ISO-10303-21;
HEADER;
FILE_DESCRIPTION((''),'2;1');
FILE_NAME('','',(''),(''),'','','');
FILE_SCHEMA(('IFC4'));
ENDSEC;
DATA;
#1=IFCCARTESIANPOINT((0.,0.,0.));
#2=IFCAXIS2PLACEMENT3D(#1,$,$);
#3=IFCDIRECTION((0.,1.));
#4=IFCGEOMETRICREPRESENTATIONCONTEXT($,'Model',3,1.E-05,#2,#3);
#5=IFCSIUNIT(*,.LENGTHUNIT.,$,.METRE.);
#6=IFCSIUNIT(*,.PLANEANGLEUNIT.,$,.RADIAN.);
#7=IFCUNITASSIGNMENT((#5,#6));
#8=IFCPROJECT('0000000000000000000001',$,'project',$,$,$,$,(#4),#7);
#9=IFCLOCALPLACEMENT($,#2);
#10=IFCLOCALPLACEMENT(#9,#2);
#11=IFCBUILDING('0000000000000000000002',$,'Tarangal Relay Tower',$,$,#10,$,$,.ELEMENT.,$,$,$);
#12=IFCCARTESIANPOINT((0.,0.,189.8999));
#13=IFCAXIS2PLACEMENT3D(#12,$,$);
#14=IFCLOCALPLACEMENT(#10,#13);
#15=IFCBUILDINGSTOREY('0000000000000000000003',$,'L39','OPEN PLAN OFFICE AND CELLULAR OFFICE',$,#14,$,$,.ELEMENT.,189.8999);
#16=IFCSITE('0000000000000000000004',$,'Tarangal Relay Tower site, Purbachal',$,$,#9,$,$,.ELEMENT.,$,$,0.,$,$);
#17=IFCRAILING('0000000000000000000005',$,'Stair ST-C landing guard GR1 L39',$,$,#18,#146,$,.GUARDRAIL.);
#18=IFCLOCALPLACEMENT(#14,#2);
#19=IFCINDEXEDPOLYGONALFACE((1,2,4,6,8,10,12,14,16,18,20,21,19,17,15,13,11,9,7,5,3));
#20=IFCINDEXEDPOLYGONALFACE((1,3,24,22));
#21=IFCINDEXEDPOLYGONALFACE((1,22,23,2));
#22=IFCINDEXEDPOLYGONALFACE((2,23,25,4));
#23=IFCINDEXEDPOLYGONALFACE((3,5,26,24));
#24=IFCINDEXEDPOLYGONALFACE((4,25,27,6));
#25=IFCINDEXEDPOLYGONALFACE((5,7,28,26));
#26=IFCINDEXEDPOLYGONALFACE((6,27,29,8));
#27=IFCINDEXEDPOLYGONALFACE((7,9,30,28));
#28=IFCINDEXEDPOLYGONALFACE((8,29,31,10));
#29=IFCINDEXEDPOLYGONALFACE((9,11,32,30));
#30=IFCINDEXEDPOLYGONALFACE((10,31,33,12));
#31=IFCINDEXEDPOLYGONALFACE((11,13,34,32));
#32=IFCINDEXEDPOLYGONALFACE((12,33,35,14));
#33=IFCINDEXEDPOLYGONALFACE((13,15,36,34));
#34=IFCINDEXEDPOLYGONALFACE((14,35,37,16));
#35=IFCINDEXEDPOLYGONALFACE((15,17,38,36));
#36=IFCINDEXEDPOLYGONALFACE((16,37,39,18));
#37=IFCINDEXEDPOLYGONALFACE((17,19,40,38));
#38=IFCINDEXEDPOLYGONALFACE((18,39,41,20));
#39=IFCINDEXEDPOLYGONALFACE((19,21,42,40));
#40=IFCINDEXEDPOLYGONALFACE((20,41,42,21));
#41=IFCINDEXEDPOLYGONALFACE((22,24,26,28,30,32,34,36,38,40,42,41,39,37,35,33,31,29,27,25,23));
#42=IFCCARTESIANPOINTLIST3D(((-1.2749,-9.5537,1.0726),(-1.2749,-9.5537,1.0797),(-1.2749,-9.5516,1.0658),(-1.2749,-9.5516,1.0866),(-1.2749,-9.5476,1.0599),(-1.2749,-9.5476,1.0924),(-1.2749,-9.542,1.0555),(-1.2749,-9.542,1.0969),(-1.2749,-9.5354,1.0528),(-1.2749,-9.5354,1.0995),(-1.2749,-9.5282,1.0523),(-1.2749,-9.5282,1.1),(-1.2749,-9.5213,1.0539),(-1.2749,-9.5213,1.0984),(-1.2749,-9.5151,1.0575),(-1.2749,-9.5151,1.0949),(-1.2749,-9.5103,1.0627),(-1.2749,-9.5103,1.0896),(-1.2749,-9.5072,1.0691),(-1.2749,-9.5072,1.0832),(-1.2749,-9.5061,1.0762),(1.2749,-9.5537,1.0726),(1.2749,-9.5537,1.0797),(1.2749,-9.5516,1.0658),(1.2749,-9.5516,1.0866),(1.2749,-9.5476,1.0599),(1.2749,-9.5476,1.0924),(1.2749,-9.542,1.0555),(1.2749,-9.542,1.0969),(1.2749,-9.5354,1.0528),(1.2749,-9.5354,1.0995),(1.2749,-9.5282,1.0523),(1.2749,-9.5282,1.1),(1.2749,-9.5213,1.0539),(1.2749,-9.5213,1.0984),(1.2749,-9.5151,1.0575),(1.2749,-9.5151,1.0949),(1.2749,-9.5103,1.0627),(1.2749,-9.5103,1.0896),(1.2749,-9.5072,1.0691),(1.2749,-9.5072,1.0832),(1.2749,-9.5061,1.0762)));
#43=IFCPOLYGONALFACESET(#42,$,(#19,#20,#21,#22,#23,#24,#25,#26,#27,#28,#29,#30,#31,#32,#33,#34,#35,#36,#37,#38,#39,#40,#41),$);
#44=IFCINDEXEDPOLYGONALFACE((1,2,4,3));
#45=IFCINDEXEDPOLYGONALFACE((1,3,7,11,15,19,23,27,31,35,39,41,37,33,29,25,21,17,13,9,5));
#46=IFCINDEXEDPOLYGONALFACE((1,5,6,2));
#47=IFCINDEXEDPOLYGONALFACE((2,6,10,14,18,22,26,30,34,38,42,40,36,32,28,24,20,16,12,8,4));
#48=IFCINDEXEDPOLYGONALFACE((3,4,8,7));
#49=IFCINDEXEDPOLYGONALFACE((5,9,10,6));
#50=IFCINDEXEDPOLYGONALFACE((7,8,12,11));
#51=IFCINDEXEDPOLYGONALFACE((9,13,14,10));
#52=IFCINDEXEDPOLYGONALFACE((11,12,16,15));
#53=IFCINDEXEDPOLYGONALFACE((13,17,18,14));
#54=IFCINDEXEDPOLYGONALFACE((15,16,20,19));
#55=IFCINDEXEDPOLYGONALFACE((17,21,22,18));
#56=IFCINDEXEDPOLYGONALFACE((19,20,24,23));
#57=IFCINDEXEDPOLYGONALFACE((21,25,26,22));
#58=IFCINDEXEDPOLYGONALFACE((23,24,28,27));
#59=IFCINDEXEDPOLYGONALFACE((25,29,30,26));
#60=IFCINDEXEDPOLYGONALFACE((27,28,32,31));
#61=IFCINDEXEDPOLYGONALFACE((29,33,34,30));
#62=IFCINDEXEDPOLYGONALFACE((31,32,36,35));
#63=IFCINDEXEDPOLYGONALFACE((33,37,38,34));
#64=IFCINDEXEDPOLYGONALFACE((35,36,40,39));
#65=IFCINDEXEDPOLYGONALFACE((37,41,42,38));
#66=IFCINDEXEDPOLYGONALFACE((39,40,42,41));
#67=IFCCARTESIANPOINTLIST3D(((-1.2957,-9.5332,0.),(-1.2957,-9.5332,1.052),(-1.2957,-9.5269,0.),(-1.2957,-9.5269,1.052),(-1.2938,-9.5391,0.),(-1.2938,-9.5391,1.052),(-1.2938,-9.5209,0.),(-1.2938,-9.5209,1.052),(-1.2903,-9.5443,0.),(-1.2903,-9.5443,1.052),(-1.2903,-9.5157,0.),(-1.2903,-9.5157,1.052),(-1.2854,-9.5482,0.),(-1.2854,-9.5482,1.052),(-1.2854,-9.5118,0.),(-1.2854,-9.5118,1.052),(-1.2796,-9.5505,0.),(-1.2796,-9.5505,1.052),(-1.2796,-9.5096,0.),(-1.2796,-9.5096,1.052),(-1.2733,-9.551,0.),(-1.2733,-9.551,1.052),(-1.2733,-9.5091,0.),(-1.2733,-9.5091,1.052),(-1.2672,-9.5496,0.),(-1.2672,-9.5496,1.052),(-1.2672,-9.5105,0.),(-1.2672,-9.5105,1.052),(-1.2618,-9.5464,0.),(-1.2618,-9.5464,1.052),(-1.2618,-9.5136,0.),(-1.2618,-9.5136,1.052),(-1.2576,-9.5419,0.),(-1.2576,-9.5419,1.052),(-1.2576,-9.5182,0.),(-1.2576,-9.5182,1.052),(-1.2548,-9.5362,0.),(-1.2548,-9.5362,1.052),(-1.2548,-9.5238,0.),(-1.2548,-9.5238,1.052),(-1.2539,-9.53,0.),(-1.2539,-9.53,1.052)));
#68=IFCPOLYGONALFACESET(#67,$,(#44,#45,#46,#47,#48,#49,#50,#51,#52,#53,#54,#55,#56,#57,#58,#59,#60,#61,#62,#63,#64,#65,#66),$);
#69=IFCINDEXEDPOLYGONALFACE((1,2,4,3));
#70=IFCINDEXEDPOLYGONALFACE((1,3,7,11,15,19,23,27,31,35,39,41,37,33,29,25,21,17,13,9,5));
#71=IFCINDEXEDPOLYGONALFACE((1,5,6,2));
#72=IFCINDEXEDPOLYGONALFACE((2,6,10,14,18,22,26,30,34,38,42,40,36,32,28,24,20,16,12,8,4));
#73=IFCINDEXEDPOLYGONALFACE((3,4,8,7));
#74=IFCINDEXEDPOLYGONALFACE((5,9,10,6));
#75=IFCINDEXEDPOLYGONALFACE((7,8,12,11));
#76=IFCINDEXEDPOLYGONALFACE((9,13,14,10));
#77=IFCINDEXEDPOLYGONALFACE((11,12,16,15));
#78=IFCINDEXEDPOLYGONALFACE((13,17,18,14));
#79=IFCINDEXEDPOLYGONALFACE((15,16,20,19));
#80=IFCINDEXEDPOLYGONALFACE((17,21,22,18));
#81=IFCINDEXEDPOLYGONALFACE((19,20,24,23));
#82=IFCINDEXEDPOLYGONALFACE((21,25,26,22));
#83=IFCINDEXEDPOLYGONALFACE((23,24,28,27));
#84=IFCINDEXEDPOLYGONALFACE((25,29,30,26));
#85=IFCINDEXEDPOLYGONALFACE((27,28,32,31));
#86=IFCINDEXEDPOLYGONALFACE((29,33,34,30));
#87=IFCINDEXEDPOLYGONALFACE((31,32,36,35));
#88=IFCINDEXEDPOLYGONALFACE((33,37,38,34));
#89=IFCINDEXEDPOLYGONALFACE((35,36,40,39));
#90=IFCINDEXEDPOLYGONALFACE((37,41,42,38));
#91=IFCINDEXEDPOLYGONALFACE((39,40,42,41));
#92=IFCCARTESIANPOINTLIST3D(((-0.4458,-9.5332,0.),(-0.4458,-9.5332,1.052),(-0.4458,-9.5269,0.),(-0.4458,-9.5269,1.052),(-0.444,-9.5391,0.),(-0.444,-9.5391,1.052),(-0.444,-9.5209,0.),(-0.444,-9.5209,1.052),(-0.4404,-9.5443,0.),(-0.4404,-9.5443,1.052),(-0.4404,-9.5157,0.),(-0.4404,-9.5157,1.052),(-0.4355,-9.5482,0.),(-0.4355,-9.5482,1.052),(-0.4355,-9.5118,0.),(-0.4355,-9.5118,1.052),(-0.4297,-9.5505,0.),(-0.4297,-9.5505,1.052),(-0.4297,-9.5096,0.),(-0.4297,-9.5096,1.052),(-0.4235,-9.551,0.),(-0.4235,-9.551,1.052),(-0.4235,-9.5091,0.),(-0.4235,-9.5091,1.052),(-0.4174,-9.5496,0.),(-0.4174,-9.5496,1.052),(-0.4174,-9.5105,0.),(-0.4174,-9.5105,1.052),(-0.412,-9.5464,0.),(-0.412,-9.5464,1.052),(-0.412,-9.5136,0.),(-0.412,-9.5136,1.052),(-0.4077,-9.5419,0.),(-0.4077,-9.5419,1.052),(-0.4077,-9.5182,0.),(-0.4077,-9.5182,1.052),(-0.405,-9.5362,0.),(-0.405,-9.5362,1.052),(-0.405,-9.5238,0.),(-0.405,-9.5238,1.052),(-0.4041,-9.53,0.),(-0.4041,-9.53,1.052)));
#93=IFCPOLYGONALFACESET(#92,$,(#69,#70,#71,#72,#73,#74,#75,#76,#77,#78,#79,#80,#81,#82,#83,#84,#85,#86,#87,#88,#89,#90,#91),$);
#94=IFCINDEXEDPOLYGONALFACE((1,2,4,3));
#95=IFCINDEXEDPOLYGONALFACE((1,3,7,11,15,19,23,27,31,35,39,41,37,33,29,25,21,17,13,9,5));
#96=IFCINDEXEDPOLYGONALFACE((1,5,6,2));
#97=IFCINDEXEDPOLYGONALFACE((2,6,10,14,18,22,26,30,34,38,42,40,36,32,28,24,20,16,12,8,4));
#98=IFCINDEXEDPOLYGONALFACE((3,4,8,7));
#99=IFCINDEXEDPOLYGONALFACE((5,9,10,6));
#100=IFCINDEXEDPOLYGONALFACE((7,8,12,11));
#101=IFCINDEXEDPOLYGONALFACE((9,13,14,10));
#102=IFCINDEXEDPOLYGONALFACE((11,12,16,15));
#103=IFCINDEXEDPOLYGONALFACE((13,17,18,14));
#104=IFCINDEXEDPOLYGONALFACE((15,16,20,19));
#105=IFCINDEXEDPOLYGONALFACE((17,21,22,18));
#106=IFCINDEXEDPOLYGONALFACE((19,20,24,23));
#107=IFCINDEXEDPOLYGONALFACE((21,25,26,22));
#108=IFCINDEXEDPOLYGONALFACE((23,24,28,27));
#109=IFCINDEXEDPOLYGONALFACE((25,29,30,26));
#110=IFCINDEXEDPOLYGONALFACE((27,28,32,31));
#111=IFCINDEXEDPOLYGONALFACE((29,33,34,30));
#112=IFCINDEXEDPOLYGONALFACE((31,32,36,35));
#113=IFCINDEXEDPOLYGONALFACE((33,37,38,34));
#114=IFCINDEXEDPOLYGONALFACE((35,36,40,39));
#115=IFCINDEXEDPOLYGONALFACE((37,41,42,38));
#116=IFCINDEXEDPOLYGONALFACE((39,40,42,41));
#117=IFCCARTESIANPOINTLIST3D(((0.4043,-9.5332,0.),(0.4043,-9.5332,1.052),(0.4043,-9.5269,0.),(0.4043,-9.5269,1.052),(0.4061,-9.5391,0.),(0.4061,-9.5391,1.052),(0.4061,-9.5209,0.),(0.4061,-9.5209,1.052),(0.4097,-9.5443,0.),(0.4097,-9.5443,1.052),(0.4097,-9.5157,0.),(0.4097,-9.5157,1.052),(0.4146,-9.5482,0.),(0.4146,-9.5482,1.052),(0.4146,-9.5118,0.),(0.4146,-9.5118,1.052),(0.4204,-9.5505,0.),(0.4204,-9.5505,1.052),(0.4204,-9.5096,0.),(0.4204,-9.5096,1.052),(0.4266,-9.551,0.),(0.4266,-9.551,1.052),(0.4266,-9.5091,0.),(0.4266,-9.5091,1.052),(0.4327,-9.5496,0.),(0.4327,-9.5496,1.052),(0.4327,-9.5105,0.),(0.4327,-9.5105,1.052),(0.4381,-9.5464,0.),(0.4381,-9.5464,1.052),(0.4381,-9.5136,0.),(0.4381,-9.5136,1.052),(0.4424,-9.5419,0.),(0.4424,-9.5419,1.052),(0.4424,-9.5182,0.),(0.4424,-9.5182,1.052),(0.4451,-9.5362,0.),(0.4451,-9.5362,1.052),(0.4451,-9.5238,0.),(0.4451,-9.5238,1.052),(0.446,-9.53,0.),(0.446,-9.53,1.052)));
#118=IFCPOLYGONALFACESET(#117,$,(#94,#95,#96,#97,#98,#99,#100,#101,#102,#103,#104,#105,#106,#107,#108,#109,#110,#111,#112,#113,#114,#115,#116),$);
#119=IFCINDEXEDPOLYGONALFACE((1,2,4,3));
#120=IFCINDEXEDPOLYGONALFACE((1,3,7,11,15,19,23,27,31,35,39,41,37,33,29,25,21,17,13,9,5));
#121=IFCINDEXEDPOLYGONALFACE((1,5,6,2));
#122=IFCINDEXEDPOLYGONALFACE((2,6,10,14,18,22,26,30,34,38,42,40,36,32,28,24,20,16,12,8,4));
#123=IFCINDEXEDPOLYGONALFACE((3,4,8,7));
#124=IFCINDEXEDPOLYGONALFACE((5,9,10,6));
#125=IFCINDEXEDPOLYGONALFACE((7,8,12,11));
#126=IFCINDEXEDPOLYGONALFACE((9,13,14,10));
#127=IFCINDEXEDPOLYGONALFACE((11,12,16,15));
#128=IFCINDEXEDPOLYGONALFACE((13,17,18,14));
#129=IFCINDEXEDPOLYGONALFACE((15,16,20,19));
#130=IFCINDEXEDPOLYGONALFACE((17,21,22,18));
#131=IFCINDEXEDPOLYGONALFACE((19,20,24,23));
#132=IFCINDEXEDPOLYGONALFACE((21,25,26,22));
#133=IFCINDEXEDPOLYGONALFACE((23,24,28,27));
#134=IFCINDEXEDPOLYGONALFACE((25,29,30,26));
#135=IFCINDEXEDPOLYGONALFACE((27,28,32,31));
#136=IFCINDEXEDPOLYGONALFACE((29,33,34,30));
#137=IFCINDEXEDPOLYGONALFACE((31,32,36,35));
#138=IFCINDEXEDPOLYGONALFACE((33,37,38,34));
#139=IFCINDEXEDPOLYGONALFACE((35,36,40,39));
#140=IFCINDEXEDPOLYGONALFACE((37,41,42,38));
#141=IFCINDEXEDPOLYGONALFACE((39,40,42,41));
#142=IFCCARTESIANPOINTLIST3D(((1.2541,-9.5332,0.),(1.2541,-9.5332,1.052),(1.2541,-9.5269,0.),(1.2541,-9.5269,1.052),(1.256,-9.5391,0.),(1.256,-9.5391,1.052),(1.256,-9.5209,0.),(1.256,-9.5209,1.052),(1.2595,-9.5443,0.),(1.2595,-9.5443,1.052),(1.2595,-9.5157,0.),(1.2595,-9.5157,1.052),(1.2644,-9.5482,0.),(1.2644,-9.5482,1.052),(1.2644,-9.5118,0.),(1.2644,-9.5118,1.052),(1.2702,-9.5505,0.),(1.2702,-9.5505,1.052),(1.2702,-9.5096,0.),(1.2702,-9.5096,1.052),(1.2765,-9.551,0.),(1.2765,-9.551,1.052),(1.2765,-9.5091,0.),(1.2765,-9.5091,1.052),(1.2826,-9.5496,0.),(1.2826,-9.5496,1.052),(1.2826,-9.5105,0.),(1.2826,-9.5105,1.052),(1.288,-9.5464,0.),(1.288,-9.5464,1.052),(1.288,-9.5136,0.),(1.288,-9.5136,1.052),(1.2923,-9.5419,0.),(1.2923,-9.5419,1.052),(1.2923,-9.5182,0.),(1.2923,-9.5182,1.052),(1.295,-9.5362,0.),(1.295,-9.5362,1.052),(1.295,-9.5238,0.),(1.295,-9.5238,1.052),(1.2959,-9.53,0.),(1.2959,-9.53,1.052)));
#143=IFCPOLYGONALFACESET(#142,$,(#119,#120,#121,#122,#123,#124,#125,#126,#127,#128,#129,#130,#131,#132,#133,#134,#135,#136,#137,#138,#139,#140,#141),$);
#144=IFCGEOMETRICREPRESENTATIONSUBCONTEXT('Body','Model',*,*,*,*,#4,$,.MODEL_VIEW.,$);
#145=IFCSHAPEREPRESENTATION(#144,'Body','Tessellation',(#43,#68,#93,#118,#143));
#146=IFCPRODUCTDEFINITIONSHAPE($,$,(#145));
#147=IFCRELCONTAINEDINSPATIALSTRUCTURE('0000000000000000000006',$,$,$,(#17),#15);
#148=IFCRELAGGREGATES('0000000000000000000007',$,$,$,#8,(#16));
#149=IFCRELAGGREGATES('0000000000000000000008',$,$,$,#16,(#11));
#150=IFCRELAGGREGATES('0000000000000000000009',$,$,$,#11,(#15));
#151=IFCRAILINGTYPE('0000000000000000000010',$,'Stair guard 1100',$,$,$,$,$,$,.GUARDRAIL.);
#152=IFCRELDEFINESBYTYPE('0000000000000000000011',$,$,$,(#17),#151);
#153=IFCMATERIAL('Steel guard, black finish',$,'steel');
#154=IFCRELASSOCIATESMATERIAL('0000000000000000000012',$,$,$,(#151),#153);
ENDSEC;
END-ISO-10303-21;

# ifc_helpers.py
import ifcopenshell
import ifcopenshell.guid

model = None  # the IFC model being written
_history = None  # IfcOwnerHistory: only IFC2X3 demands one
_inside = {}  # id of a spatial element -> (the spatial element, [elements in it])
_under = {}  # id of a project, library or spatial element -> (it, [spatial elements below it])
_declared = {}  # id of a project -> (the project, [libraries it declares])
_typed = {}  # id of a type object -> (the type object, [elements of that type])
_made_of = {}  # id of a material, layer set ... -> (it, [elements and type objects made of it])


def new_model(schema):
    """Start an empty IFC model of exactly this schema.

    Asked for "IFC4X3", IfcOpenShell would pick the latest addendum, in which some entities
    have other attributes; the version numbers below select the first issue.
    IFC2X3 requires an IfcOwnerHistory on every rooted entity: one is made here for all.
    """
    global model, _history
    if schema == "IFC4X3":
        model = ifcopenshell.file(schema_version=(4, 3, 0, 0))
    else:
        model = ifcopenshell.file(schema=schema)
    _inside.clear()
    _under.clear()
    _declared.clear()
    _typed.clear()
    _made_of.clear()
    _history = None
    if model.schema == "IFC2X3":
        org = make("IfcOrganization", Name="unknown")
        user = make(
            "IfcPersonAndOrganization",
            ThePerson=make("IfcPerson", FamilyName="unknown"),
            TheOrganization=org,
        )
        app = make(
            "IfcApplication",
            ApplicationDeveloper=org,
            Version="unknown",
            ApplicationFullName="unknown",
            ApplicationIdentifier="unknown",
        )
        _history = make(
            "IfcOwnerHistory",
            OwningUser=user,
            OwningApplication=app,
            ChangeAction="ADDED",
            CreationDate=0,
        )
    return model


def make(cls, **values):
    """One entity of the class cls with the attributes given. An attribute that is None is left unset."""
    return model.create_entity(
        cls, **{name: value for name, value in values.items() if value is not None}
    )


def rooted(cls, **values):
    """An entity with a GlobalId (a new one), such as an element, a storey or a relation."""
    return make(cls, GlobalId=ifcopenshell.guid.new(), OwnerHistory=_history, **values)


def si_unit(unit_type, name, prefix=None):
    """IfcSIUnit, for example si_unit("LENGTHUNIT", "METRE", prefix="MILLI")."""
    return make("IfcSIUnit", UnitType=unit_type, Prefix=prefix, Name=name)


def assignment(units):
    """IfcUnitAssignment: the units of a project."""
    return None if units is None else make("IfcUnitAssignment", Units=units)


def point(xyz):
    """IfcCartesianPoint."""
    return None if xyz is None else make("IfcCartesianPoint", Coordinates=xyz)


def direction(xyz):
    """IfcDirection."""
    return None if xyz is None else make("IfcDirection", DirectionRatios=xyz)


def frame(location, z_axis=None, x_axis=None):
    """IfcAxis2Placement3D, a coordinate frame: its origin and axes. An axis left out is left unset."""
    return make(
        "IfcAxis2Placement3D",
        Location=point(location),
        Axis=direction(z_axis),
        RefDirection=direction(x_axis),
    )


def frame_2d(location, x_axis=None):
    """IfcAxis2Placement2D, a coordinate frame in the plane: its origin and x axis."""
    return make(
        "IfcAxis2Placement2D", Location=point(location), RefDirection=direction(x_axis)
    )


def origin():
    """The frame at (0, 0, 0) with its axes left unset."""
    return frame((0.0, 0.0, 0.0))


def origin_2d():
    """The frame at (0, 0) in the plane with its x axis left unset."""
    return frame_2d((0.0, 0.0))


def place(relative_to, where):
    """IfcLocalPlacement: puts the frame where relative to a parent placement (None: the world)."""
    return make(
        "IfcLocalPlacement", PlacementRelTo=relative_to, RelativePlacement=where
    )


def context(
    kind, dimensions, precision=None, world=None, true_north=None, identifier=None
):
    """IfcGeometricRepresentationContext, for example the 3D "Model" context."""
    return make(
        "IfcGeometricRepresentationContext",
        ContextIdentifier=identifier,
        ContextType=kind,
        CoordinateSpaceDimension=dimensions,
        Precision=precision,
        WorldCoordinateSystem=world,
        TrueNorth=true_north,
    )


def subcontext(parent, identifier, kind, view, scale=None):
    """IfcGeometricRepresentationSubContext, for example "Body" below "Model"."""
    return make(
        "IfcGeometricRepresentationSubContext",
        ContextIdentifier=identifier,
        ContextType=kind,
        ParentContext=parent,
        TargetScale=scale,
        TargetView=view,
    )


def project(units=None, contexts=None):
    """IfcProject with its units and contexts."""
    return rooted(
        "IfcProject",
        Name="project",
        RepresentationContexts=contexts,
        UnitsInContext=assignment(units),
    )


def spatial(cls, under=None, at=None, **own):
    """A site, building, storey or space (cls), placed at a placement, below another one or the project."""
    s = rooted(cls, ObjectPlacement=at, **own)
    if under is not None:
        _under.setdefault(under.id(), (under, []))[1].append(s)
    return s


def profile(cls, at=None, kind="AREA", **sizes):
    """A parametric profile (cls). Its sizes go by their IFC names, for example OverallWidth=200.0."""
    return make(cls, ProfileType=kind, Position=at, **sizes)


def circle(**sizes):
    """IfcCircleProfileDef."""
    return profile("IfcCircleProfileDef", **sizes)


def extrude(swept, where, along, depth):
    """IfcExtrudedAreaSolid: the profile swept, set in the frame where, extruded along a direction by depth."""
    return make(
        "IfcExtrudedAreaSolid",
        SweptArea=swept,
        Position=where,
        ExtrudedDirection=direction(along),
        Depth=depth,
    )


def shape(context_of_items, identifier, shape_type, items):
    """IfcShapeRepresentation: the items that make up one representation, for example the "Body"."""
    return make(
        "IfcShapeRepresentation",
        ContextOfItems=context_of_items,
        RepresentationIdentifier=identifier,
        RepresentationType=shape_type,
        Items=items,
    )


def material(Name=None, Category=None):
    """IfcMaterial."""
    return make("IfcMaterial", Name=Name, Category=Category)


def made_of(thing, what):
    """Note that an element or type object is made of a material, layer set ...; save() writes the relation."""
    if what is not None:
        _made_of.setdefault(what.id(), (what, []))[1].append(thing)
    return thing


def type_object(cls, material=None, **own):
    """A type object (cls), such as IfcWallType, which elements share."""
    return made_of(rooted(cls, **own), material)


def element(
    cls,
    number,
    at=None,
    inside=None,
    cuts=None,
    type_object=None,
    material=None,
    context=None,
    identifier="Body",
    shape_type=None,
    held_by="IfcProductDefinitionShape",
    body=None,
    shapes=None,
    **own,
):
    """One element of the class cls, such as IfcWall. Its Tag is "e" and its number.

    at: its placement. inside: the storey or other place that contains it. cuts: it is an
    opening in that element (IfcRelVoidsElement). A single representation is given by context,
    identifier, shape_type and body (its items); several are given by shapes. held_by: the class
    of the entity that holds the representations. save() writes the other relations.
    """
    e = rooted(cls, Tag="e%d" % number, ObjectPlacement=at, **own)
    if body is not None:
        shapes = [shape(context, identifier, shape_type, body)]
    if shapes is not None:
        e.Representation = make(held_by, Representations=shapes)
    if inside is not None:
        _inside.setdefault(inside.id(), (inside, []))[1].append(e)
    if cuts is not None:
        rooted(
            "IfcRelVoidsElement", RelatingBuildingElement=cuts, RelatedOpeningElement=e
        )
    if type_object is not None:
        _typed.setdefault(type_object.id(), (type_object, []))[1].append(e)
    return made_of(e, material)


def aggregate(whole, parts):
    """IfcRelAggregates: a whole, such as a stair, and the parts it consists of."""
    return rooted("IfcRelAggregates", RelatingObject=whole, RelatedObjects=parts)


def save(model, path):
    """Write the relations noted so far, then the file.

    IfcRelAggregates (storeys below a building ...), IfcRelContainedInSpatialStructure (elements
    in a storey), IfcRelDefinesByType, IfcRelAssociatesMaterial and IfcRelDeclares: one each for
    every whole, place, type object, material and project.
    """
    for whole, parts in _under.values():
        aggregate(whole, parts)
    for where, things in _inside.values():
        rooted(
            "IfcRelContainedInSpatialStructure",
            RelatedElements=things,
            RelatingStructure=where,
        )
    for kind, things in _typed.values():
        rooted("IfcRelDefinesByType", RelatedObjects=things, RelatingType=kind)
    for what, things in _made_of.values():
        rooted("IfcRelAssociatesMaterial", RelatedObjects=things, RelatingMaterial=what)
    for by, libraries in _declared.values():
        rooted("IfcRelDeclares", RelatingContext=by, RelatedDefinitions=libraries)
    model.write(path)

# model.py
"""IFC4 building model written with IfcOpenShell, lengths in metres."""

from ifc_helpers import new_model, si_unit, direction, frame, origin, origin_2d, place, context, subcontext, project, spatial, circle, extrude, material, type_object, element, save


model = new_model("IFC4")

# Units and contexts
model_context = context("Model", 3, precision=1e-05, world=origin(), true_north=direction((0.0, 1.0)))
body_context = subcontext(model_context, "Body", "Model", "MODEL_VIEW")
ifc_project = project(units=[si_unit("LENGTHUNIT", "METRE"), si_unit("PLANEANGLEUNIT", "RADIAN")], contexts=[model_context])

# Site, building, storey
site_placement = place(None, origin())
site = spatial("IfcSite", under=ifc_project, at=site_placement, Name="Tarangal Relay Tower site, Purbachal", CompositionType="ELEMENT", RefElevation=0.0)
building_placement = place(site_placement, origin())
building = spatial("IfcBuilding", under=site, at=building_placement, Name="Tarangal Relay Tower", CompositionType="ELEMENT")
storey_placement = place(building_placement, frame((0.0, 0.0, 189.8999)))
storey = spatial("IfcBuildingStorey", under=building, at=storey_placement, Name="L39", Description="OPEN PLAN OFFICE AND CELLULAR OFFICE", CompositionType="ELEMENT", Elevation=189.8999)

# Railing
ifc_material_1 = material(Name="Steel guard, black finish", Category="steel")
railing_type_1 = type_object("IfcRailingType", Name="Stair guard 1100", PredefinedType="GUARDRAIL", material=ifc_material_1)
for number, where, name in (
    (1, (-1.2749, -9.53, 0.0), "Stair ST-C landing guard GR1 L39"),
):
    element("IfcRailing", number, at=place(storey_placement, frame(where)), inside=storey, type_object=railing_type_1, Name=name, PredefinedType="GUARDRAIL", context=body_context, shape_type="SweptSolid", body=[
        extrude(circle(Radius=0.0239, at=origin_2d()), frame((0.0, 0.0, 1.0762), z_axis=(1.0, 0.0, 0.0), x_axis=(0.0, 1.0, 0.0)), (0.0, 0.0, 1.0), 2.5498),
        extrude(circle(Radius=0.021, at=origin_2d()), origin(), (0.0, 0.0, 1.0), 1.052),
        extrude(circle(Radius=0.021, at=origin_2d()), frame((0.8499, 0.0, 0.0)), (0.0, 0.0, 1.0), 1.052),
        extrude(circle(Radius=0.021, at=origin_2d()), frame((1.7, 0.0, 0.0)), (0.0, 0.0, 1.0), 1.052),
        extrude(circle(Radius=0.021, at=origin_2d()), frame((2.5498, 0.0, 0.0)), (0.0, 0.0, 1.0), 1.052),
    ])

save(model, "model.ifc")
